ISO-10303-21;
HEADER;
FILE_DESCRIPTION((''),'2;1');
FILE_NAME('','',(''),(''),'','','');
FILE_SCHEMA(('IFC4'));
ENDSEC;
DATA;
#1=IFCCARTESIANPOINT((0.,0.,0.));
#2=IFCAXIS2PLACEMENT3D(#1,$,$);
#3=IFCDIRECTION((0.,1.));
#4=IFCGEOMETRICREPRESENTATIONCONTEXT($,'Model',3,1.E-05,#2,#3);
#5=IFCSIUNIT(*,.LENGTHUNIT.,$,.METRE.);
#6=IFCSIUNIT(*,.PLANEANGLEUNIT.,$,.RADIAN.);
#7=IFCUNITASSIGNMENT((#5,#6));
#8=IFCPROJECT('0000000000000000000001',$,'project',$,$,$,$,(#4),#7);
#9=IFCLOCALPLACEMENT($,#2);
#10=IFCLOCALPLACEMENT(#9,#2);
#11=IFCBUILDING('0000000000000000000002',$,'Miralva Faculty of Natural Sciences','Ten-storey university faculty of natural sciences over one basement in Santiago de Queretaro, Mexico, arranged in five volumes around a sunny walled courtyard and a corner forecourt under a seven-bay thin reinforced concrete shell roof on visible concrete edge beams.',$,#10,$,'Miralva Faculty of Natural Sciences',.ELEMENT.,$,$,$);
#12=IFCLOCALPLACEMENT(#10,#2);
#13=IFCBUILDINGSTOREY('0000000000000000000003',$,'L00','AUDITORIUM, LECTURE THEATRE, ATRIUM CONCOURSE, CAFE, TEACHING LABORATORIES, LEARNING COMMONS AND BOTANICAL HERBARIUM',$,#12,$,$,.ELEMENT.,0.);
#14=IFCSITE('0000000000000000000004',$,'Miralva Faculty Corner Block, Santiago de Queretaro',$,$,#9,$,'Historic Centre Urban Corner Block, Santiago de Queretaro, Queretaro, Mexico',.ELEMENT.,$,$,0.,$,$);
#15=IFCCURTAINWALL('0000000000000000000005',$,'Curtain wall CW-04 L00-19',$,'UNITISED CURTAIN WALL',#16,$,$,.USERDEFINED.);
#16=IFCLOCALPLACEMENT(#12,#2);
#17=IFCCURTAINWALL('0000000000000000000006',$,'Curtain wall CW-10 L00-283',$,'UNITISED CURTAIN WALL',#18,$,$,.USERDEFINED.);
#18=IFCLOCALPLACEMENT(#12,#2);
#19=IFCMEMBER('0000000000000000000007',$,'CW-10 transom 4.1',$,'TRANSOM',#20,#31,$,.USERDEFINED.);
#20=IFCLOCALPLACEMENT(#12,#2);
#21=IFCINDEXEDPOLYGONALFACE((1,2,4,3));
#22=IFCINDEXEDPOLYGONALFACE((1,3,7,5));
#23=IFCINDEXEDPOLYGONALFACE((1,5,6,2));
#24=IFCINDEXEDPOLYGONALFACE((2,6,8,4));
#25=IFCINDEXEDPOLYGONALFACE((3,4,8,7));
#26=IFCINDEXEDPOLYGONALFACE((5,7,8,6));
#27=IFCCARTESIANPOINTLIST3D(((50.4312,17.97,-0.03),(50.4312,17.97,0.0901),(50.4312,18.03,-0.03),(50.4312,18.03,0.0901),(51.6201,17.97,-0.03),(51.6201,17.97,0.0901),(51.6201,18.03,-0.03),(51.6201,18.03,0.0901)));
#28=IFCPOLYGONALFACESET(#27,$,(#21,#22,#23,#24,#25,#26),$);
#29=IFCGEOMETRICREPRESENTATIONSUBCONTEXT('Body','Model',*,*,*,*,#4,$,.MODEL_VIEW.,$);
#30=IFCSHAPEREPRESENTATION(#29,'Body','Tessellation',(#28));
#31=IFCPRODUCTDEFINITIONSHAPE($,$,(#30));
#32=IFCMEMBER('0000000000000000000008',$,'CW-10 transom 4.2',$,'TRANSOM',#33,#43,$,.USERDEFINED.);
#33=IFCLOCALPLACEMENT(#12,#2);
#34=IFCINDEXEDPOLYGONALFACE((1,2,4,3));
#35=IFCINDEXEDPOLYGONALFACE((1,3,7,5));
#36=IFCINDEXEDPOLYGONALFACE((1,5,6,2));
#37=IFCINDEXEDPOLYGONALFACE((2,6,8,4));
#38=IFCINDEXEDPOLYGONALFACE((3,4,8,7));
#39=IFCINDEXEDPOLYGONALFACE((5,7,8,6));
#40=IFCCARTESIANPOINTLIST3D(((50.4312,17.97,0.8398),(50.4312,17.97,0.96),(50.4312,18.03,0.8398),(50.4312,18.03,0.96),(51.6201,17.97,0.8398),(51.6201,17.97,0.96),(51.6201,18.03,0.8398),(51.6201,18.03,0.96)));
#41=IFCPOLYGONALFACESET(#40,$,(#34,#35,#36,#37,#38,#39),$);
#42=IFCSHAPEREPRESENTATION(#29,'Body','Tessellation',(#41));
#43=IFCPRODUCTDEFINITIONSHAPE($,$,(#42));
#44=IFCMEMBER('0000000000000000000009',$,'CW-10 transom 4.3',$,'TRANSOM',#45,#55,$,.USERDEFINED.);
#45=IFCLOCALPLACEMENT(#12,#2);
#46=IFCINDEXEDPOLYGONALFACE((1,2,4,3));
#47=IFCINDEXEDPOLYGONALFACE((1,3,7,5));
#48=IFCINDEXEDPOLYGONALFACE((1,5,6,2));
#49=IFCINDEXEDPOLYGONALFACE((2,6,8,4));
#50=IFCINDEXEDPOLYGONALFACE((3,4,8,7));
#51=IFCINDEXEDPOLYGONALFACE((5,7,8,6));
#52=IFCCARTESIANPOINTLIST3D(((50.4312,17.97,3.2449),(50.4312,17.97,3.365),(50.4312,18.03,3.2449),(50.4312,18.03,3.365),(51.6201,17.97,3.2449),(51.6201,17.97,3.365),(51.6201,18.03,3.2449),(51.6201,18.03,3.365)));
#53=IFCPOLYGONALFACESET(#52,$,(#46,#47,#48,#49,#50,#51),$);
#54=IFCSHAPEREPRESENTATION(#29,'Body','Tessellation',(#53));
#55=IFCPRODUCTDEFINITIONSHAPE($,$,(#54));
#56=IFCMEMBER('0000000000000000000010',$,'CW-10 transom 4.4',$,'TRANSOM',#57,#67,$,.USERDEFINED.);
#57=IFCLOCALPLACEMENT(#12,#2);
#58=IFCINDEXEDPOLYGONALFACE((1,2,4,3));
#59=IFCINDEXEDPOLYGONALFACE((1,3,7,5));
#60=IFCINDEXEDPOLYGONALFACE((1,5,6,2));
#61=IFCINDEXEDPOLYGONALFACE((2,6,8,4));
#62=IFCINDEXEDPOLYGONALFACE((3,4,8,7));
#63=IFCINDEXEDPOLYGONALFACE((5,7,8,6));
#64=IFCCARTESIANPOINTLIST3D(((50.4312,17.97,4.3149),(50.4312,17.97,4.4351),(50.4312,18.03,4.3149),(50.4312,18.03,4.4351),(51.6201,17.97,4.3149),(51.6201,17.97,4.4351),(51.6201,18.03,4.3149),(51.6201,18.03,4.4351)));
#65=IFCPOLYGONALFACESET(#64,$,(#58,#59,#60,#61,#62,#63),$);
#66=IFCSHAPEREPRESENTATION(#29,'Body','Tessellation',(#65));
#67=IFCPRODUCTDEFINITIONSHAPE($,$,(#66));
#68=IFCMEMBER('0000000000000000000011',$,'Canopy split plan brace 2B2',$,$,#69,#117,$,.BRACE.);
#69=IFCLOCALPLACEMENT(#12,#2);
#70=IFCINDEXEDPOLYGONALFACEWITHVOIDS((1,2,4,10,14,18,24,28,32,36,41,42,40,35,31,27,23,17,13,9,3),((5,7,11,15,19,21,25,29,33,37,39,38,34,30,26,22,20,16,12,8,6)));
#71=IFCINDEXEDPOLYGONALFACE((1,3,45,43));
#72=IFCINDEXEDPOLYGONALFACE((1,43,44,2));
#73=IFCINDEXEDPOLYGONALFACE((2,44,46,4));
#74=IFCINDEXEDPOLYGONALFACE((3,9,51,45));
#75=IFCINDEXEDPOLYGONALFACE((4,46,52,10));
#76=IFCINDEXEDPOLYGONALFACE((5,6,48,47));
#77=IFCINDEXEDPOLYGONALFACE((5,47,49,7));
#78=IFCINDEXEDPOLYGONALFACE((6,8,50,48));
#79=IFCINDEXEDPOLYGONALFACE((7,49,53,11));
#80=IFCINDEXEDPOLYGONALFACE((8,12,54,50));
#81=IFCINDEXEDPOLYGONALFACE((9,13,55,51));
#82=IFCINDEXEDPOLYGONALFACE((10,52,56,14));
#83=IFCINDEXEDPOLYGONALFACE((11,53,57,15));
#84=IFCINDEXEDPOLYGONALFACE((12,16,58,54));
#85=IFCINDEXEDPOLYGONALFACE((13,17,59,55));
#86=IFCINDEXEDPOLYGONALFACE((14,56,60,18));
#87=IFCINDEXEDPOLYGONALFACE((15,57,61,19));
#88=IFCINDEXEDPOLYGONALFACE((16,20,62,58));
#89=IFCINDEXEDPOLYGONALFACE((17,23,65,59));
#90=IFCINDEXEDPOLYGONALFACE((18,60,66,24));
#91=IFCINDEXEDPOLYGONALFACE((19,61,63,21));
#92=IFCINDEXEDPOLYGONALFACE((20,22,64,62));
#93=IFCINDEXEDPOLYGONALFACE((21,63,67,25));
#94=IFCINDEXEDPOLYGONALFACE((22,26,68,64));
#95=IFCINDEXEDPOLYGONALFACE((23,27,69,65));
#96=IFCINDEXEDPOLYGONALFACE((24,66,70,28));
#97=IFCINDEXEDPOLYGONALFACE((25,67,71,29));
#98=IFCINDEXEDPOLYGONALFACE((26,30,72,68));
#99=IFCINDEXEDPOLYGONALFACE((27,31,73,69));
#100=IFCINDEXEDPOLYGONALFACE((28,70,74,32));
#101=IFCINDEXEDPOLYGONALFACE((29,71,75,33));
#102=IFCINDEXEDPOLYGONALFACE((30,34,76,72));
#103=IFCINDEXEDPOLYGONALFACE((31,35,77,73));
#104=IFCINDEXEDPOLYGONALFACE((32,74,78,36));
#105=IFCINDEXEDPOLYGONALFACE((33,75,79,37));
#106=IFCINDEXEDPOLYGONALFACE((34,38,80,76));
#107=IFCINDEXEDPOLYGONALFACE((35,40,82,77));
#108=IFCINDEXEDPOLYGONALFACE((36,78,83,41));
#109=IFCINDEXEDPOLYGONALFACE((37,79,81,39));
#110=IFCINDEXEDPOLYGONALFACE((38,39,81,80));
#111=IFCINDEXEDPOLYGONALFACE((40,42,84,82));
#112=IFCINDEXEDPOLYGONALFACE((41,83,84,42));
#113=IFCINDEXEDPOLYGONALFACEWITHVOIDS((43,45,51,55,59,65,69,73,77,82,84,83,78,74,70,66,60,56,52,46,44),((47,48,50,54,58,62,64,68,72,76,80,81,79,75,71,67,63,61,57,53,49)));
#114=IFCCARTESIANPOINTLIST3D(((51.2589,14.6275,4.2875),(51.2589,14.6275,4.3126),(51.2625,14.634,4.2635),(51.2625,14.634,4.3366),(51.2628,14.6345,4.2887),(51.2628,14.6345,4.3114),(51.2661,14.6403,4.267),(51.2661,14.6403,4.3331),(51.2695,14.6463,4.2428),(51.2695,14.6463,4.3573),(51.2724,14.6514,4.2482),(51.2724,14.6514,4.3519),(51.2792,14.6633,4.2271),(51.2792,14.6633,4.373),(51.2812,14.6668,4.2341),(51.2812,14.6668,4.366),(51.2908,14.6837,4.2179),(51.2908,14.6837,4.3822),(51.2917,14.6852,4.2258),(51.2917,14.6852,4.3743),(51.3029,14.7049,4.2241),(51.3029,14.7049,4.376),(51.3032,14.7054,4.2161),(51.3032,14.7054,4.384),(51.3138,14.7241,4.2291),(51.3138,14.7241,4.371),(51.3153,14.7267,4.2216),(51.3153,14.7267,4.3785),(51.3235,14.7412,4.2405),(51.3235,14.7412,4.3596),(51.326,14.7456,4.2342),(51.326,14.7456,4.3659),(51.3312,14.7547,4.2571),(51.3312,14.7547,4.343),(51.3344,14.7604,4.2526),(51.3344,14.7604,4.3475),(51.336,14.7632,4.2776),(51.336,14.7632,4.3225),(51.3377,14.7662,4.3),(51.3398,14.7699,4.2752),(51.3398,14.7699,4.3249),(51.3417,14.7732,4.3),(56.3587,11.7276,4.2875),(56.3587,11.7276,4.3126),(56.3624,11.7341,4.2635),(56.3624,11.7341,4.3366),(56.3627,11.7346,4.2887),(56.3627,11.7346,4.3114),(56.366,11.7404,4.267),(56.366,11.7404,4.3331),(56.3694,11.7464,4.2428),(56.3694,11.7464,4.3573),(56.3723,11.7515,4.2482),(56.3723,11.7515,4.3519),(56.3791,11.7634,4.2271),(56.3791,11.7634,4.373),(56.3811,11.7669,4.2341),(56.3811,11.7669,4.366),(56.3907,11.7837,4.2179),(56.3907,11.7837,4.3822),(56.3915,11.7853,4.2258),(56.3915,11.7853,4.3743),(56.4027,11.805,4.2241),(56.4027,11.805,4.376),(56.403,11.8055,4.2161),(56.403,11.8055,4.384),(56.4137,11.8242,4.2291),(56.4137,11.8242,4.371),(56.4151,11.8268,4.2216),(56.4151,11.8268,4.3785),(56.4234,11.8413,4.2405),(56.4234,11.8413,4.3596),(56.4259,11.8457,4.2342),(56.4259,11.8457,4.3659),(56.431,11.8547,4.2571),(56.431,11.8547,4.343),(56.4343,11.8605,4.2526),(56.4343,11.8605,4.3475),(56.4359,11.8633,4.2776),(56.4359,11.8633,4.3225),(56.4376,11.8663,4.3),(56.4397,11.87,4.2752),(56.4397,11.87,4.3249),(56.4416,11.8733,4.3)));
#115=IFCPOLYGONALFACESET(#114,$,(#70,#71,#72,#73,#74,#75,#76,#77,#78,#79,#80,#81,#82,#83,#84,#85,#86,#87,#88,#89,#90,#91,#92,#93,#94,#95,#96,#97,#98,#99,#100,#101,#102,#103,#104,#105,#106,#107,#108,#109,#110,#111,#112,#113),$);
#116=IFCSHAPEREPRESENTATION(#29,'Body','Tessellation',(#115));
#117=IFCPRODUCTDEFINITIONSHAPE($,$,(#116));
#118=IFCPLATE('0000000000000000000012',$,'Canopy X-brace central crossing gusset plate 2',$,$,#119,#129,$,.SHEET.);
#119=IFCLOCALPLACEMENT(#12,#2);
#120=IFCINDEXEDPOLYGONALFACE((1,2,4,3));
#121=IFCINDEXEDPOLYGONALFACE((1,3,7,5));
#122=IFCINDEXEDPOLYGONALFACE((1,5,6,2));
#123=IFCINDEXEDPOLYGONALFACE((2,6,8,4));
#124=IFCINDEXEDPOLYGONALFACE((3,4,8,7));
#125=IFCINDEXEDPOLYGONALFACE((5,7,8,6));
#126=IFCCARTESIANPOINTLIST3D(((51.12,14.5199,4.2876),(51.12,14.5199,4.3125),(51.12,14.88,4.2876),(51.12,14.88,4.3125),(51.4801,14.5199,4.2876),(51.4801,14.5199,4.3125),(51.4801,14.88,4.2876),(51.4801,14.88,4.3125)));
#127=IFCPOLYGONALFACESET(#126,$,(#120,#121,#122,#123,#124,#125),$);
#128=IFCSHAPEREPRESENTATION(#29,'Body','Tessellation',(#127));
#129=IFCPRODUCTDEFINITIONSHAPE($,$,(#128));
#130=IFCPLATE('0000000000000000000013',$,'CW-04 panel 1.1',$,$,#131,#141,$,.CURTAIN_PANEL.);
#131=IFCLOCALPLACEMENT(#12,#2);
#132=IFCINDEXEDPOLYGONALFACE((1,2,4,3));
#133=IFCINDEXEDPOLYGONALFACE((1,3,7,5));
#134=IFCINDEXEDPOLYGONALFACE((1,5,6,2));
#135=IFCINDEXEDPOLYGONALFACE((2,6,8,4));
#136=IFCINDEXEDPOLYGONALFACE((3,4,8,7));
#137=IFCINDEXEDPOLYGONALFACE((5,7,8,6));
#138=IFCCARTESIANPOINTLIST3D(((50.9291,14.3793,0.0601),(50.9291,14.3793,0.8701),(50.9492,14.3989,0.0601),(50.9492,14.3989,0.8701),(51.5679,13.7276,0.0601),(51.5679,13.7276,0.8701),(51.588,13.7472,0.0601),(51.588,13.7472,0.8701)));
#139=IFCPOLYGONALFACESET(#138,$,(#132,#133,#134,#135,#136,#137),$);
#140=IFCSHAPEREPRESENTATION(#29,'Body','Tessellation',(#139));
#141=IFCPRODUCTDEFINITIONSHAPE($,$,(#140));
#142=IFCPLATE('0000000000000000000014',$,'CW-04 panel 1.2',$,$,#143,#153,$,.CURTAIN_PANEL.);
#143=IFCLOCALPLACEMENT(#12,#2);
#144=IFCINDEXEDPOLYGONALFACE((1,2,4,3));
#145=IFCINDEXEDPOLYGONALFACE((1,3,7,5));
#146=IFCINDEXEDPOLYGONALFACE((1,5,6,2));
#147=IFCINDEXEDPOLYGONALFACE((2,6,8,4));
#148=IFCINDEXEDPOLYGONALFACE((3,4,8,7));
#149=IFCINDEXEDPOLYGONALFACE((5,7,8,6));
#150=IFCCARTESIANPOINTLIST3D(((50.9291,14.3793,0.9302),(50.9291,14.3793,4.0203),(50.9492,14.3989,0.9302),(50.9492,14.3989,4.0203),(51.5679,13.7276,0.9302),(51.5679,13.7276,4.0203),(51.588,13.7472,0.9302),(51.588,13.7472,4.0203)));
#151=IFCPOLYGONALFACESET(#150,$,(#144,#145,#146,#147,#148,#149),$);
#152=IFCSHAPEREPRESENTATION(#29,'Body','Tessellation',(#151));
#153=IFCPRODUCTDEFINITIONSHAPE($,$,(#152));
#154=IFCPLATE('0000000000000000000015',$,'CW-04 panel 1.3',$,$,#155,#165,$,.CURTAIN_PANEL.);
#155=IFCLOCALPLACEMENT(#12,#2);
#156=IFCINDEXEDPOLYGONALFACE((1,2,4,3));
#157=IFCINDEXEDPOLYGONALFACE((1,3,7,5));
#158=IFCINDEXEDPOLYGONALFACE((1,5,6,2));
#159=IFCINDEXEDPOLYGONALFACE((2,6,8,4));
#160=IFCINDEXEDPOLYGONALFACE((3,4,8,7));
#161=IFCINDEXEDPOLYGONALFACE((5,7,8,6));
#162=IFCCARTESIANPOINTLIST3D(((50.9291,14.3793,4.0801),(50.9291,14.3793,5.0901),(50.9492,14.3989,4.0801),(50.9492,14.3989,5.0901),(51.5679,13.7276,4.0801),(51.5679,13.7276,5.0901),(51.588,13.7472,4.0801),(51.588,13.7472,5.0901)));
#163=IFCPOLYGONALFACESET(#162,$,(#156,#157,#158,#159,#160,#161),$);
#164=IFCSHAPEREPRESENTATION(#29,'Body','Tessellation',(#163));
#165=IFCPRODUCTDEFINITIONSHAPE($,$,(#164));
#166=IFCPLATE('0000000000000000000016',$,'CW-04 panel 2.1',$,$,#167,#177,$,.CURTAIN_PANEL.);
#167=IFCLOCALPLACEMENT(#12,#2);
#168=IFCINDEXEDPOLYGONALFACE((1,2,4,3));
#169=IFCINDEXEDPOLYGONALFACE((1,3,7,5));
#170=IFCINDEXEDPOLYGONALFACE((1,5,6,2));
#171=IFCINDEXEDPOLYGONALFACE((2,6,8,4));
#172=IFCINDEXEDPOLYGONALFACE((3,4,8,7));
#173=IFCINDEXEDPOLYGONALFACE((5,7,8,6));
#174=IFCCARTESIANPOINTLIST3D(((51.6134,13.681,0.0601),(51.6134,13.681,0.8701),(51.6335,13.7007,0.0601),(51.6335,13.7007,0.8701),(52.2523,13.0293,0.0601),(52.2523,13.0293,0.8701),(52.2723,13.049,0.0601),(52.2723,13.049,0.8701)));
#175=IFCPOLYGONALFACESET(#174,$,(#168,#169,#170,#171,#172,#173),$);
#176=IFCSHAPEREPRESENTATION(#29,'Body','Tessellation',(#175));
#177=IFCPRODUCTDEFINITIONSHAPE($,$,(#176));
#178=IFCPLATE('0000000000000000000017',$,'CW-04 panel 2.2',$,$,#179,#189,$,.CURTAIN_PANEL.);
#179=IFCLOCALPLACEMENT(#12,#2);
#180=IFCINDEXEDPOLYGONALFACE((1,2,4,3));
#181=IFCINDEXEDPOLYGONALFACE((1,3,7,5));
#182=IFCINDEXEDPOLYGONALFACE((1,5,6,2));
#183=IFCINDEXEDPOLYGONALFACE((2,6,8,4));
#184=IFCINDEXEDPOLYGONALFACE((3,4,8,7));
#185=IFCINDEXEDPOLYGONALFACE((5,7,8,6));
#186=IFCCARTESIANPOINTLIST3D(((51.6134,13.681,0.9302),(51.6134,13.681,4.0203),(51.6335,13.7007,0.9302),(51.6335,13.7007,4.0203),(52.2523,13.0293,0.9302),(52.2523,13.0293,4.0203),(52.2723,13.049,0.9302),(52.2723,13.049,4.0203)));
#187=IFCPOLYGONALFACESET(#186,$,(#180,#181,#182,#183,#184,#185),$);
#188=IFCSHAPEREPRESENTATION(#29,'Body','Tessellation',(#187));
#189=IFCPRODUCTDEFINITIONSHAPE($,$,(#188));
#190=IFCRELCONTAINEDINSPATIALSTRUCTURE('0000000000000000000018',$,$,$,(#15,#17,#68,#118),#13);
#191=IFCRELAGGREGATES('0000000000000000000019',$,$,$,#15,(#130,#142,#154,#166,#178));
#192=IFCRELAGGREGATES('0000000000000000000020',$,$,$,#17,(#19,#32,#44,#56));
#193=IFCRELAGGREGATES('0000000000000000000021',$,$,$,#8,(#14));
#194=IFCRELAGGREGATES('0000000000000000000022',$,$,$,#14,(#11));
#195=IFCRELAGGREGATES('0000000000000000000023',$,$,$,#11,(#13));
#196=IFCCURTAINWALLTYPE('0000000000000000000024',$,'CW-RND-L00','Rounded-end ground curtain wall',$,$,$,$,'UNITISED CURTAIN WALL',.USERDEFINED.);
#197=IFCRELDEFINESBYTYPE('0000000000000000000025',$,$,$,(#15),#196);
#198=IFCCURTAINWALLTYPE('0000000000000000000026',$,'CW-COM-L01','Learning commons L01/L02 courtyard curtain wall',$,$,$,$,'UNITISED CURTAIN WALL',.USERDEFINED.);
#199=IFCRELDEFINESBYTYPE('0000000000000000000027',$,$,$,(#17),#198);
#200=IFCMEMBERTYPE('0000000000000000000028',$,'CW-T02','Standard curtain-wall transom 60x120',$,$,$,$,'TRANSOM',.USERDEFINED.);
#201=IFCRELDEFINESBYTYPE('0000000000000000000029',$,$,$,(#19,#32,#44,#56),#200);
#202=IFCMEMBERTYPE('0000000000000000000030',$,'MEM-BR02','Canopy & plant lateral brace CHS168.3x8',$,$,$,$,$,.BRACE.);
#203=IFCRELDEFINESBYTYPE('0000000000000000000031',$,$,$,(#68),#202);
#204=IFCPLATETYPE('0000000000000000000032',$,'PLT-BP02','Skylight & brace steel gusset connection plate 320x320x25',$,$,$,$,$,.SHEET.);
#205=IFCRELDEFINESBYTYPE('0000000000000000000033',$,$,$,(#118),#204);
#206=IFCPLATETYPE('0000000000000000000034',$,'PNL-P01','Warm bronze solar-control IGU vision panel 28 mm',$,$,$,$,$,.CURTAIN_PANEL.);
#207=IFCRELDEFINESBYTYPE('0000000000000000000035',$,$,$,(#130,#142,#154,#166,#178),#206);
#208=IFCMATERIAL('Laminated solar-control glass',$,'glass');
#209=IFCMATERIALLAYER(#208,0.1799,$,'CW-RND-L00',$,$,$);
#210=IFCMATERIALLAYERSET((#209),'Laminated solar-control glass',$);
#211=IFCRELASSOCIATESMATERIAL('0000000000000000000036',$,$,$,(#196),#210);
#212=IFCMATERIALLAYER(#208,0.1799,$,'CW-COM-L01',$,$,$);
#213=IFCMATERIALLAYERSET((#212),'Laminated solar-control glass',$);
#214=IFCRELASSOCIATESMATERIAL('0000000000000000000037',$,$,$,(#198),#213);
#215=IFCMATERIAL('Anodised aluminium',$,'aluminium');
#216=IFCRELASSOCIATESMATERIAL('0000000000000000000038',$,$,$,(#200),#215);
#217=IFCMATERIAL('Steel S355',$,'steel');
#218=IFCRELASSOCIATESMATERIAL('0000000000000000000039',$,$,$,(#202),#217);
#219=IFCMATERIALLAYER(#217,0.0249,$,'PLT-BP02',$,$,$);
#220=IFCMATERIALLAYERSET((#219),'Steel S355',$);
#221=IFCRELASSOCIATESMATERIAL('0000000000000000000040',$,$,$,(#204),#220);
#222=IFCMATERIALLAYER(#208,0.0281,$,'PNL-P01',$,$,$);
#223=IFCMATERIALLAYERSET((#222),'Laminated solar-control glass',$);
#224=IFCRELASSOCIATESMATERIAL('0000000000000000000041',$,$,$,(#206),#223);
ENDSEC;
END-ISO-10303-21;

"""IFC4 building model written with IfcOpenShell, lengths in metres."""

from ifc_helpers import new_model, si_unit, direction, frame, origin, origin_2d, place, context, subcontext, project, spatial, rectangle, hollow_circle, extrude, material, layer, layer_set, material_profile, profile_set, type_object, element, aggregate, save


model = new_model("IFC4")

# Units and contexts
model_context = context("Model", 3, precision=1e-05, world=origin(), true_north=direction((0.0, 1.0)))
body_context = subcontext(model_context, "Body", "Model", "MODEL_VIEW")
ifc_project = project(units=[si_unit("LENGTHUNIT", "METRE"), si_unit("PLANEANGLEUNIT", "RADIAN")], contexts=[model_context])

# Site, building, storey
site_placement = place(None, origin())
site = spatial("IfcSite", under=ifc_project, at=site_placement, Name="Miralva Faculty Corner Block, Santiago de Queretaro", LongName="Historic Centre Urban Corner Block, Santiago de Queretaro, Queretaro, Mexico", CompositionType="ELEMENT", RefElevation=0.0)
building_placement = place(site_placement, origin())
building = spatial("IfcBuilding", under=site, at=building_placement, Name="Miralva Faculty of Natural Sciences", Description="Ten-storey university faculty of natural sciences over one basement in Santiago de Queretaro, Mexico, arranged in five volumes around a sunny walled courtyard and a corner forecourt under a seven-bay thin reinforced concrete shell roof on visible concrete edge beams.", LongName="Miralva Faculty of Natural Sciences", CompositionType="ELEMENT")
storey_placement = place(building_placement, origin())
storey = spatial("IfcBuildingStorey", under=building, at=storey_placement, Name="L00", Description="AUDITORIUM, LECTURE THEATRE, ATRIUM CONCOURSE, CAFE, TEACHING LABORATORIES, LEARNING COMMONS AND BOTANICAL HERBARIUM", CompositionType="ELEMENT", Elevation=0.0)

# Curtain wall
ifc_material_1 = material(Name="Laminated solar-control glass", Category="glass")
ifc_layer_1 = layer(ifc_material_1, 0.1799, Name="CW-RND-L00")
ifc_layer_set_1 = layer_set([ifc_layer_1], Name="Laminated solar-control glass")
curtain_wall_type_1 = type_object("IfcCurtainWallType", Name="CW-RND-L00", Description="Rounded-end ground curtain wall", ElementType="UNITISED CURTAIN WALL", PredefinedType="USERDEFINED", material=ifc_layer_set_1)
curtain_wall_1_placement = place(storey_placement, origin())
curtain_wall_1 = element("IfcCurtainWall", 1, at=curtain_wall_1_placement, inside=storey, type_object=curtain_wall_type_1, Name="Curtain wall CW-04 L00-19", ObjectType="UNITISED CURTAIN WALL", PredefinedType="USERDEFINED")
ifc_material_2 = material(Name="Anodised aluminium", Category="aluminium")

# Curtain wall
ifc_layer_2 = layer(ifc_material_1, 0.1799, Name="CW-COM-L01")
ifc_layer_set_2 = layer_set([ifc_layer_2], Name="Laminated solar-control glass")
curtain_wall_type_2 = type_object("IfcCurtainWallType", Name="CW-COM-L01", Description="Learning commons L01/L02 courtyard curtain wall", ElementType="UNITISED CURTAIN WALL", PredefinedType="USERDEFINED", material=ifc_layer_set_2)
curtain_wall_2_placement = place(storey_placement, origin())
curtain_wall_2 = element("IfcCurtainWall", 2, at=curtain_wall_2_placement, inside=storey, type_object=curtain_wall_type_2, Name="Curtain wall CW-10 L00-283", ObjectType="UNITISED CURTAIN WALL", PredefinedType="USERDEFINED")

# Members
ifc_material_profile_1 = material_profile(ifc_material_2, rectangle(XDim=0.0601, YDim=0.1201, at=origin_2d()), Name="TRANSOM 60x120")
ifc_profile_set_1 = profile_set([ifc_material_profile_1], Name="Anodised aluminium")
member_type_1 = type_object("IfcMemberType", Name="CW-T02", Description="Standard curtain-wall transom 60x120", ElementType="TRANSOM", PredefinedType="USERDEFINED", material=ifc_profile_set_1)
member_1_placement = place(storey_placement, frame((50.4312, 18.0, 0.03), z_axis=(1.0, 0.0, 0.0), x_axis=(0.0, 1.0, 0.0)))
member_1 = element("IfcMember", 3, at=member_1_placement, type_object=member_type_1, Name="CW-10 transom 4.1", ObjectType="TRANSOM", PredefinedType="USERDEFINED", context=body_context, shape_type="SweptSolid", body=[
    extrude(rectangle(XDim=0.0601, YDim=0.1201, at=origin_2d()), origin(), (0.0, 0.0, 1.0), 1.189),
])
member_2_placement = place(storey_placement, frame((50.4312, 18.0, 0.8999), z_axis=(1.0, 0.0, 0.0), x_axis=(0.0, 1.0, 0.0)))
member_2 = element("IfcMember", 4, at=member_2_placement, type_object=member_type_1, Name="CW-10 transom 4.2", ObjectType="TRANSOM", PredefinedType="USERDEFINED", context=body_context, shape_type="SweptSolid", body=[
    extrude(rectangle(XDim=0.0601, YDim=0.1201, at=origin_2d()), origin(), (0.0, 0.0, 1.0), 1.189),
])
member_3_placement = place(storey_placement, frame((50.4312, 18.0, 3.3049), z_axis=(1.0, 0.0, 0.0), x_axis=(0.0, 1.0, 0.0)))
member_3 = element("IfcMember", 5, at=member_3_placement, type_object=member_type_1, Name="CW-10 transom 4.3", ObjectType="TRANSOM", PredefinedType="USERDEFINED", context=body_context, shape_type="SweptSolid", body=[
    extrude(rectangle(XDim=0.0601, YDim=0.1201, at=origin_2d()), origin(), (0.0, 0.0, 1.0), 1.189),
])
member_4_placement = place(storey_placement, frame((50.4312, 18.0, 4.375), z_axis=(1.0, 0.0, 0.0), x_axis=(0.0, 1.0, 0.0)))
member_4 = element("IfcMember", 6, at=member_4_placement, type_object=member_type_1, Name="CW-10 transom 4.4", ObjectType="TRANSOM", PredefinedType="USERDEFINED", context=body_context, shape_type="SweptSolid", body=[
    extrude(rectangle(XDim=0.0601, YDim=0.1201, at=origin_2d()), origin(), (0.0, 0.0, 1.0), 1.189),
])
ifc_material_3 = material(Name="Steel S355", Category="steel")
ifc_material_profile_2 = material_profile(ifc_material_3, hollow_circle(Radius=0.0842, WallThickness=0.0081, at=origin_2d()), Name="CHS 168.3x8")
ifc_profile_set_2 = profile_set([ifc_material_profile_2], Name="Steel S355")
member_type_2 = type_object("IfcMemberType", Name="MEM-BR02", Description="Canopy & plant lateral brace CHS168.3x8", PredefinedType="BRACE", material=ifc_profile_set_2)
member_5_placement = place(storey_placement, frame((51.3, 14.7, 4.3), z_axis=(0.869291, -0.4943, 0.0), x_axis=(0.4943, 0.869291, 0.0)))
element("IfcMember", 7, at=member_5_placement, inside=storey, type_object=member_type_2, Name="Canopy split plan brace 2B2", PredefinedType="BRACE", context=body_context, shape_type="SweptSolid", body=[
    extrude(hollow_circle(Radius=0.0842, WallThickness=0.0081, at=origin_2d()), origin(), (0.0, 0.0, 1.0), 5.8667),
])

# Plates
ifc_layer_3 = layer(ifc_material_3, 0.0249, Name="PLT-BP02")
ifc_layer_set_3 = layer_set([ifc_layer_3], Name="Steel S355")
plate_type_1 = type_object("IfcPlateType", Name="PLT-BP02", Description="Skylight & brace steel gusset connection plate 320x320x25", PredefinedType="SHEET", material=ifc_layer_set_3)
plate_1_placement = place(storey_placement, frame((51.3, 14.7, 4.2876), z_axis=(0.0, 0.0, 1.0), x_axis=(1.0, 0.0, 0.0)))
element("IfcPlate", 8, at=plate_1_placement, inside=storey, type_object=plate_type_1, Name="Canopy X-brace central crossing gusset plate 2", PredefinedType="SHEET", context=body_context, shape_type="SweptSolid", body=[
    extrude(rectangle(XDim=0.3601, YDim=0.3601, at=origin_2d()), origin(), (0.0, 0.0, 1.0), 0.0249),
])
ifc_layer_4 = layer(ifc_material_1, 0.0281, Name="PNL-P01")
ifc_layer_set_4 = layer_set([ifc_layer_4], Name="Laminated solar-control glass")
plate_type_2 = type_object("IfcPlateType", Name="PNL-P01", Description="Warm bronze solar-control IGU vision panel 28 mm", PredefinedType="CURTAIN_PANEL", material=ifc_layer_set_4)
plate_2_placement = place(storey_placement, frame((51.2585, 14.0632, 0.0601), z_axis=(0.0, 0.0, 1.0), x_axis=(0.700018, -0.714125, 0.0)))
plate_2 = element("IfcPlate", 9, at=plate_2_placement, type_object=plate_type_2, Name="CW-04 panel 1.1", PredefinedType="CURTAIN_PANEL", context=body_context, shape_type="SweptSolid", body=[
    extrude(rectangle(XDim=0.9126, YDim=0.0281, at=origin_2d()), origin(), (0.0, 0.0, 1.0), 0.8101),
])
plate_3_placement = place(storey_placement, frame((51.2585, 14.0632, 0.9302), z_axis=(0.0, 0.0, 1.0), x_axis=(0.700018, -0.714125, 0.0)))
plate_3 = element("IfcPlate", 10, at=plate_3_placement, type_object=plate_type_2, Name="CW-04 panel 1.2", PredefinedType="CURTAIN_PANEL", context=body_context, shape_type="SweptSolid", body=[
    extrude(rectangle(XDim=0.9126, YDim=0.0281, at=origin_2d()), origin(), (0.0, 0.0, 1.0), 3.0901),
])
plate_4_placement = place(storey_placement, frame((51.2585, 14.0632, 4.0801), z_axis=(0.0, 0.0, 1.0), x_axis=(0.700018, -0.714125, 0.0)))
plate_4 = element("IfcPlate", 11, at=plate_4_placement, type_object=plate_type_2, Name="CW-04 panel 1.3", PredefinedType="CURTAIN_PANEL", context=body_context, shape_type="SweptSolid", body=[
    extrude(rectangle(XDim=0.9126, YDim=0.0281, at=origin_2d()), origin(), (0.0, 0.0, 1.0), 1.01),
])
plate_5_placement = place(storey_placement, frame((51.9429, 13.365, 0.0601), z_axis=(0.0, 0.0, 1.0), x_axis=(0.700018, -0.714125, 0.0)))
plate_5 = element("IfcPlate", 12, at=plate_5_placement, type_object=plate_type_2, Name="CW-04 panel 2.1", PredefinedType="CURTAIN_PANEL", context=body_context, shape_type="SweptSolid", body=[
    extrude(rectangle(XDim=0.9126, YDim=0.0281, at=origin_2d()), origin(), (0.0, 0.0, 1.0), 0.8101),
])
plate_6_placement = place(storey_placement, frame((51.9429, 13.365, 0.9302), z_axis=(0.0, 0.0, 1.0), x_axis=(0.700018, -0.714125, 0.0)))
plate_6 = element("IfcPlate", 13, at=plate_6_placement, type_object=plate_type_2, Name="CW-04 panel 2.2", PredefinedType="CURTAIN_PANEL", context=body_context, shape_type="SweptSolid", body=[
    extrude(rectangle(XDim=0.9126, YDim=0.0281, at=origin_2d()), origin(), (0.0, 0.0, 1.0), 3.0901),
])
aggregate(curtain_wall_1, [plate_2, plate_3, plate_4, plate_5, plate_6])
aggregate(curtain_wall_2, [member_1, member_2, member_3, member_4])

save(model, "model.ifc")
